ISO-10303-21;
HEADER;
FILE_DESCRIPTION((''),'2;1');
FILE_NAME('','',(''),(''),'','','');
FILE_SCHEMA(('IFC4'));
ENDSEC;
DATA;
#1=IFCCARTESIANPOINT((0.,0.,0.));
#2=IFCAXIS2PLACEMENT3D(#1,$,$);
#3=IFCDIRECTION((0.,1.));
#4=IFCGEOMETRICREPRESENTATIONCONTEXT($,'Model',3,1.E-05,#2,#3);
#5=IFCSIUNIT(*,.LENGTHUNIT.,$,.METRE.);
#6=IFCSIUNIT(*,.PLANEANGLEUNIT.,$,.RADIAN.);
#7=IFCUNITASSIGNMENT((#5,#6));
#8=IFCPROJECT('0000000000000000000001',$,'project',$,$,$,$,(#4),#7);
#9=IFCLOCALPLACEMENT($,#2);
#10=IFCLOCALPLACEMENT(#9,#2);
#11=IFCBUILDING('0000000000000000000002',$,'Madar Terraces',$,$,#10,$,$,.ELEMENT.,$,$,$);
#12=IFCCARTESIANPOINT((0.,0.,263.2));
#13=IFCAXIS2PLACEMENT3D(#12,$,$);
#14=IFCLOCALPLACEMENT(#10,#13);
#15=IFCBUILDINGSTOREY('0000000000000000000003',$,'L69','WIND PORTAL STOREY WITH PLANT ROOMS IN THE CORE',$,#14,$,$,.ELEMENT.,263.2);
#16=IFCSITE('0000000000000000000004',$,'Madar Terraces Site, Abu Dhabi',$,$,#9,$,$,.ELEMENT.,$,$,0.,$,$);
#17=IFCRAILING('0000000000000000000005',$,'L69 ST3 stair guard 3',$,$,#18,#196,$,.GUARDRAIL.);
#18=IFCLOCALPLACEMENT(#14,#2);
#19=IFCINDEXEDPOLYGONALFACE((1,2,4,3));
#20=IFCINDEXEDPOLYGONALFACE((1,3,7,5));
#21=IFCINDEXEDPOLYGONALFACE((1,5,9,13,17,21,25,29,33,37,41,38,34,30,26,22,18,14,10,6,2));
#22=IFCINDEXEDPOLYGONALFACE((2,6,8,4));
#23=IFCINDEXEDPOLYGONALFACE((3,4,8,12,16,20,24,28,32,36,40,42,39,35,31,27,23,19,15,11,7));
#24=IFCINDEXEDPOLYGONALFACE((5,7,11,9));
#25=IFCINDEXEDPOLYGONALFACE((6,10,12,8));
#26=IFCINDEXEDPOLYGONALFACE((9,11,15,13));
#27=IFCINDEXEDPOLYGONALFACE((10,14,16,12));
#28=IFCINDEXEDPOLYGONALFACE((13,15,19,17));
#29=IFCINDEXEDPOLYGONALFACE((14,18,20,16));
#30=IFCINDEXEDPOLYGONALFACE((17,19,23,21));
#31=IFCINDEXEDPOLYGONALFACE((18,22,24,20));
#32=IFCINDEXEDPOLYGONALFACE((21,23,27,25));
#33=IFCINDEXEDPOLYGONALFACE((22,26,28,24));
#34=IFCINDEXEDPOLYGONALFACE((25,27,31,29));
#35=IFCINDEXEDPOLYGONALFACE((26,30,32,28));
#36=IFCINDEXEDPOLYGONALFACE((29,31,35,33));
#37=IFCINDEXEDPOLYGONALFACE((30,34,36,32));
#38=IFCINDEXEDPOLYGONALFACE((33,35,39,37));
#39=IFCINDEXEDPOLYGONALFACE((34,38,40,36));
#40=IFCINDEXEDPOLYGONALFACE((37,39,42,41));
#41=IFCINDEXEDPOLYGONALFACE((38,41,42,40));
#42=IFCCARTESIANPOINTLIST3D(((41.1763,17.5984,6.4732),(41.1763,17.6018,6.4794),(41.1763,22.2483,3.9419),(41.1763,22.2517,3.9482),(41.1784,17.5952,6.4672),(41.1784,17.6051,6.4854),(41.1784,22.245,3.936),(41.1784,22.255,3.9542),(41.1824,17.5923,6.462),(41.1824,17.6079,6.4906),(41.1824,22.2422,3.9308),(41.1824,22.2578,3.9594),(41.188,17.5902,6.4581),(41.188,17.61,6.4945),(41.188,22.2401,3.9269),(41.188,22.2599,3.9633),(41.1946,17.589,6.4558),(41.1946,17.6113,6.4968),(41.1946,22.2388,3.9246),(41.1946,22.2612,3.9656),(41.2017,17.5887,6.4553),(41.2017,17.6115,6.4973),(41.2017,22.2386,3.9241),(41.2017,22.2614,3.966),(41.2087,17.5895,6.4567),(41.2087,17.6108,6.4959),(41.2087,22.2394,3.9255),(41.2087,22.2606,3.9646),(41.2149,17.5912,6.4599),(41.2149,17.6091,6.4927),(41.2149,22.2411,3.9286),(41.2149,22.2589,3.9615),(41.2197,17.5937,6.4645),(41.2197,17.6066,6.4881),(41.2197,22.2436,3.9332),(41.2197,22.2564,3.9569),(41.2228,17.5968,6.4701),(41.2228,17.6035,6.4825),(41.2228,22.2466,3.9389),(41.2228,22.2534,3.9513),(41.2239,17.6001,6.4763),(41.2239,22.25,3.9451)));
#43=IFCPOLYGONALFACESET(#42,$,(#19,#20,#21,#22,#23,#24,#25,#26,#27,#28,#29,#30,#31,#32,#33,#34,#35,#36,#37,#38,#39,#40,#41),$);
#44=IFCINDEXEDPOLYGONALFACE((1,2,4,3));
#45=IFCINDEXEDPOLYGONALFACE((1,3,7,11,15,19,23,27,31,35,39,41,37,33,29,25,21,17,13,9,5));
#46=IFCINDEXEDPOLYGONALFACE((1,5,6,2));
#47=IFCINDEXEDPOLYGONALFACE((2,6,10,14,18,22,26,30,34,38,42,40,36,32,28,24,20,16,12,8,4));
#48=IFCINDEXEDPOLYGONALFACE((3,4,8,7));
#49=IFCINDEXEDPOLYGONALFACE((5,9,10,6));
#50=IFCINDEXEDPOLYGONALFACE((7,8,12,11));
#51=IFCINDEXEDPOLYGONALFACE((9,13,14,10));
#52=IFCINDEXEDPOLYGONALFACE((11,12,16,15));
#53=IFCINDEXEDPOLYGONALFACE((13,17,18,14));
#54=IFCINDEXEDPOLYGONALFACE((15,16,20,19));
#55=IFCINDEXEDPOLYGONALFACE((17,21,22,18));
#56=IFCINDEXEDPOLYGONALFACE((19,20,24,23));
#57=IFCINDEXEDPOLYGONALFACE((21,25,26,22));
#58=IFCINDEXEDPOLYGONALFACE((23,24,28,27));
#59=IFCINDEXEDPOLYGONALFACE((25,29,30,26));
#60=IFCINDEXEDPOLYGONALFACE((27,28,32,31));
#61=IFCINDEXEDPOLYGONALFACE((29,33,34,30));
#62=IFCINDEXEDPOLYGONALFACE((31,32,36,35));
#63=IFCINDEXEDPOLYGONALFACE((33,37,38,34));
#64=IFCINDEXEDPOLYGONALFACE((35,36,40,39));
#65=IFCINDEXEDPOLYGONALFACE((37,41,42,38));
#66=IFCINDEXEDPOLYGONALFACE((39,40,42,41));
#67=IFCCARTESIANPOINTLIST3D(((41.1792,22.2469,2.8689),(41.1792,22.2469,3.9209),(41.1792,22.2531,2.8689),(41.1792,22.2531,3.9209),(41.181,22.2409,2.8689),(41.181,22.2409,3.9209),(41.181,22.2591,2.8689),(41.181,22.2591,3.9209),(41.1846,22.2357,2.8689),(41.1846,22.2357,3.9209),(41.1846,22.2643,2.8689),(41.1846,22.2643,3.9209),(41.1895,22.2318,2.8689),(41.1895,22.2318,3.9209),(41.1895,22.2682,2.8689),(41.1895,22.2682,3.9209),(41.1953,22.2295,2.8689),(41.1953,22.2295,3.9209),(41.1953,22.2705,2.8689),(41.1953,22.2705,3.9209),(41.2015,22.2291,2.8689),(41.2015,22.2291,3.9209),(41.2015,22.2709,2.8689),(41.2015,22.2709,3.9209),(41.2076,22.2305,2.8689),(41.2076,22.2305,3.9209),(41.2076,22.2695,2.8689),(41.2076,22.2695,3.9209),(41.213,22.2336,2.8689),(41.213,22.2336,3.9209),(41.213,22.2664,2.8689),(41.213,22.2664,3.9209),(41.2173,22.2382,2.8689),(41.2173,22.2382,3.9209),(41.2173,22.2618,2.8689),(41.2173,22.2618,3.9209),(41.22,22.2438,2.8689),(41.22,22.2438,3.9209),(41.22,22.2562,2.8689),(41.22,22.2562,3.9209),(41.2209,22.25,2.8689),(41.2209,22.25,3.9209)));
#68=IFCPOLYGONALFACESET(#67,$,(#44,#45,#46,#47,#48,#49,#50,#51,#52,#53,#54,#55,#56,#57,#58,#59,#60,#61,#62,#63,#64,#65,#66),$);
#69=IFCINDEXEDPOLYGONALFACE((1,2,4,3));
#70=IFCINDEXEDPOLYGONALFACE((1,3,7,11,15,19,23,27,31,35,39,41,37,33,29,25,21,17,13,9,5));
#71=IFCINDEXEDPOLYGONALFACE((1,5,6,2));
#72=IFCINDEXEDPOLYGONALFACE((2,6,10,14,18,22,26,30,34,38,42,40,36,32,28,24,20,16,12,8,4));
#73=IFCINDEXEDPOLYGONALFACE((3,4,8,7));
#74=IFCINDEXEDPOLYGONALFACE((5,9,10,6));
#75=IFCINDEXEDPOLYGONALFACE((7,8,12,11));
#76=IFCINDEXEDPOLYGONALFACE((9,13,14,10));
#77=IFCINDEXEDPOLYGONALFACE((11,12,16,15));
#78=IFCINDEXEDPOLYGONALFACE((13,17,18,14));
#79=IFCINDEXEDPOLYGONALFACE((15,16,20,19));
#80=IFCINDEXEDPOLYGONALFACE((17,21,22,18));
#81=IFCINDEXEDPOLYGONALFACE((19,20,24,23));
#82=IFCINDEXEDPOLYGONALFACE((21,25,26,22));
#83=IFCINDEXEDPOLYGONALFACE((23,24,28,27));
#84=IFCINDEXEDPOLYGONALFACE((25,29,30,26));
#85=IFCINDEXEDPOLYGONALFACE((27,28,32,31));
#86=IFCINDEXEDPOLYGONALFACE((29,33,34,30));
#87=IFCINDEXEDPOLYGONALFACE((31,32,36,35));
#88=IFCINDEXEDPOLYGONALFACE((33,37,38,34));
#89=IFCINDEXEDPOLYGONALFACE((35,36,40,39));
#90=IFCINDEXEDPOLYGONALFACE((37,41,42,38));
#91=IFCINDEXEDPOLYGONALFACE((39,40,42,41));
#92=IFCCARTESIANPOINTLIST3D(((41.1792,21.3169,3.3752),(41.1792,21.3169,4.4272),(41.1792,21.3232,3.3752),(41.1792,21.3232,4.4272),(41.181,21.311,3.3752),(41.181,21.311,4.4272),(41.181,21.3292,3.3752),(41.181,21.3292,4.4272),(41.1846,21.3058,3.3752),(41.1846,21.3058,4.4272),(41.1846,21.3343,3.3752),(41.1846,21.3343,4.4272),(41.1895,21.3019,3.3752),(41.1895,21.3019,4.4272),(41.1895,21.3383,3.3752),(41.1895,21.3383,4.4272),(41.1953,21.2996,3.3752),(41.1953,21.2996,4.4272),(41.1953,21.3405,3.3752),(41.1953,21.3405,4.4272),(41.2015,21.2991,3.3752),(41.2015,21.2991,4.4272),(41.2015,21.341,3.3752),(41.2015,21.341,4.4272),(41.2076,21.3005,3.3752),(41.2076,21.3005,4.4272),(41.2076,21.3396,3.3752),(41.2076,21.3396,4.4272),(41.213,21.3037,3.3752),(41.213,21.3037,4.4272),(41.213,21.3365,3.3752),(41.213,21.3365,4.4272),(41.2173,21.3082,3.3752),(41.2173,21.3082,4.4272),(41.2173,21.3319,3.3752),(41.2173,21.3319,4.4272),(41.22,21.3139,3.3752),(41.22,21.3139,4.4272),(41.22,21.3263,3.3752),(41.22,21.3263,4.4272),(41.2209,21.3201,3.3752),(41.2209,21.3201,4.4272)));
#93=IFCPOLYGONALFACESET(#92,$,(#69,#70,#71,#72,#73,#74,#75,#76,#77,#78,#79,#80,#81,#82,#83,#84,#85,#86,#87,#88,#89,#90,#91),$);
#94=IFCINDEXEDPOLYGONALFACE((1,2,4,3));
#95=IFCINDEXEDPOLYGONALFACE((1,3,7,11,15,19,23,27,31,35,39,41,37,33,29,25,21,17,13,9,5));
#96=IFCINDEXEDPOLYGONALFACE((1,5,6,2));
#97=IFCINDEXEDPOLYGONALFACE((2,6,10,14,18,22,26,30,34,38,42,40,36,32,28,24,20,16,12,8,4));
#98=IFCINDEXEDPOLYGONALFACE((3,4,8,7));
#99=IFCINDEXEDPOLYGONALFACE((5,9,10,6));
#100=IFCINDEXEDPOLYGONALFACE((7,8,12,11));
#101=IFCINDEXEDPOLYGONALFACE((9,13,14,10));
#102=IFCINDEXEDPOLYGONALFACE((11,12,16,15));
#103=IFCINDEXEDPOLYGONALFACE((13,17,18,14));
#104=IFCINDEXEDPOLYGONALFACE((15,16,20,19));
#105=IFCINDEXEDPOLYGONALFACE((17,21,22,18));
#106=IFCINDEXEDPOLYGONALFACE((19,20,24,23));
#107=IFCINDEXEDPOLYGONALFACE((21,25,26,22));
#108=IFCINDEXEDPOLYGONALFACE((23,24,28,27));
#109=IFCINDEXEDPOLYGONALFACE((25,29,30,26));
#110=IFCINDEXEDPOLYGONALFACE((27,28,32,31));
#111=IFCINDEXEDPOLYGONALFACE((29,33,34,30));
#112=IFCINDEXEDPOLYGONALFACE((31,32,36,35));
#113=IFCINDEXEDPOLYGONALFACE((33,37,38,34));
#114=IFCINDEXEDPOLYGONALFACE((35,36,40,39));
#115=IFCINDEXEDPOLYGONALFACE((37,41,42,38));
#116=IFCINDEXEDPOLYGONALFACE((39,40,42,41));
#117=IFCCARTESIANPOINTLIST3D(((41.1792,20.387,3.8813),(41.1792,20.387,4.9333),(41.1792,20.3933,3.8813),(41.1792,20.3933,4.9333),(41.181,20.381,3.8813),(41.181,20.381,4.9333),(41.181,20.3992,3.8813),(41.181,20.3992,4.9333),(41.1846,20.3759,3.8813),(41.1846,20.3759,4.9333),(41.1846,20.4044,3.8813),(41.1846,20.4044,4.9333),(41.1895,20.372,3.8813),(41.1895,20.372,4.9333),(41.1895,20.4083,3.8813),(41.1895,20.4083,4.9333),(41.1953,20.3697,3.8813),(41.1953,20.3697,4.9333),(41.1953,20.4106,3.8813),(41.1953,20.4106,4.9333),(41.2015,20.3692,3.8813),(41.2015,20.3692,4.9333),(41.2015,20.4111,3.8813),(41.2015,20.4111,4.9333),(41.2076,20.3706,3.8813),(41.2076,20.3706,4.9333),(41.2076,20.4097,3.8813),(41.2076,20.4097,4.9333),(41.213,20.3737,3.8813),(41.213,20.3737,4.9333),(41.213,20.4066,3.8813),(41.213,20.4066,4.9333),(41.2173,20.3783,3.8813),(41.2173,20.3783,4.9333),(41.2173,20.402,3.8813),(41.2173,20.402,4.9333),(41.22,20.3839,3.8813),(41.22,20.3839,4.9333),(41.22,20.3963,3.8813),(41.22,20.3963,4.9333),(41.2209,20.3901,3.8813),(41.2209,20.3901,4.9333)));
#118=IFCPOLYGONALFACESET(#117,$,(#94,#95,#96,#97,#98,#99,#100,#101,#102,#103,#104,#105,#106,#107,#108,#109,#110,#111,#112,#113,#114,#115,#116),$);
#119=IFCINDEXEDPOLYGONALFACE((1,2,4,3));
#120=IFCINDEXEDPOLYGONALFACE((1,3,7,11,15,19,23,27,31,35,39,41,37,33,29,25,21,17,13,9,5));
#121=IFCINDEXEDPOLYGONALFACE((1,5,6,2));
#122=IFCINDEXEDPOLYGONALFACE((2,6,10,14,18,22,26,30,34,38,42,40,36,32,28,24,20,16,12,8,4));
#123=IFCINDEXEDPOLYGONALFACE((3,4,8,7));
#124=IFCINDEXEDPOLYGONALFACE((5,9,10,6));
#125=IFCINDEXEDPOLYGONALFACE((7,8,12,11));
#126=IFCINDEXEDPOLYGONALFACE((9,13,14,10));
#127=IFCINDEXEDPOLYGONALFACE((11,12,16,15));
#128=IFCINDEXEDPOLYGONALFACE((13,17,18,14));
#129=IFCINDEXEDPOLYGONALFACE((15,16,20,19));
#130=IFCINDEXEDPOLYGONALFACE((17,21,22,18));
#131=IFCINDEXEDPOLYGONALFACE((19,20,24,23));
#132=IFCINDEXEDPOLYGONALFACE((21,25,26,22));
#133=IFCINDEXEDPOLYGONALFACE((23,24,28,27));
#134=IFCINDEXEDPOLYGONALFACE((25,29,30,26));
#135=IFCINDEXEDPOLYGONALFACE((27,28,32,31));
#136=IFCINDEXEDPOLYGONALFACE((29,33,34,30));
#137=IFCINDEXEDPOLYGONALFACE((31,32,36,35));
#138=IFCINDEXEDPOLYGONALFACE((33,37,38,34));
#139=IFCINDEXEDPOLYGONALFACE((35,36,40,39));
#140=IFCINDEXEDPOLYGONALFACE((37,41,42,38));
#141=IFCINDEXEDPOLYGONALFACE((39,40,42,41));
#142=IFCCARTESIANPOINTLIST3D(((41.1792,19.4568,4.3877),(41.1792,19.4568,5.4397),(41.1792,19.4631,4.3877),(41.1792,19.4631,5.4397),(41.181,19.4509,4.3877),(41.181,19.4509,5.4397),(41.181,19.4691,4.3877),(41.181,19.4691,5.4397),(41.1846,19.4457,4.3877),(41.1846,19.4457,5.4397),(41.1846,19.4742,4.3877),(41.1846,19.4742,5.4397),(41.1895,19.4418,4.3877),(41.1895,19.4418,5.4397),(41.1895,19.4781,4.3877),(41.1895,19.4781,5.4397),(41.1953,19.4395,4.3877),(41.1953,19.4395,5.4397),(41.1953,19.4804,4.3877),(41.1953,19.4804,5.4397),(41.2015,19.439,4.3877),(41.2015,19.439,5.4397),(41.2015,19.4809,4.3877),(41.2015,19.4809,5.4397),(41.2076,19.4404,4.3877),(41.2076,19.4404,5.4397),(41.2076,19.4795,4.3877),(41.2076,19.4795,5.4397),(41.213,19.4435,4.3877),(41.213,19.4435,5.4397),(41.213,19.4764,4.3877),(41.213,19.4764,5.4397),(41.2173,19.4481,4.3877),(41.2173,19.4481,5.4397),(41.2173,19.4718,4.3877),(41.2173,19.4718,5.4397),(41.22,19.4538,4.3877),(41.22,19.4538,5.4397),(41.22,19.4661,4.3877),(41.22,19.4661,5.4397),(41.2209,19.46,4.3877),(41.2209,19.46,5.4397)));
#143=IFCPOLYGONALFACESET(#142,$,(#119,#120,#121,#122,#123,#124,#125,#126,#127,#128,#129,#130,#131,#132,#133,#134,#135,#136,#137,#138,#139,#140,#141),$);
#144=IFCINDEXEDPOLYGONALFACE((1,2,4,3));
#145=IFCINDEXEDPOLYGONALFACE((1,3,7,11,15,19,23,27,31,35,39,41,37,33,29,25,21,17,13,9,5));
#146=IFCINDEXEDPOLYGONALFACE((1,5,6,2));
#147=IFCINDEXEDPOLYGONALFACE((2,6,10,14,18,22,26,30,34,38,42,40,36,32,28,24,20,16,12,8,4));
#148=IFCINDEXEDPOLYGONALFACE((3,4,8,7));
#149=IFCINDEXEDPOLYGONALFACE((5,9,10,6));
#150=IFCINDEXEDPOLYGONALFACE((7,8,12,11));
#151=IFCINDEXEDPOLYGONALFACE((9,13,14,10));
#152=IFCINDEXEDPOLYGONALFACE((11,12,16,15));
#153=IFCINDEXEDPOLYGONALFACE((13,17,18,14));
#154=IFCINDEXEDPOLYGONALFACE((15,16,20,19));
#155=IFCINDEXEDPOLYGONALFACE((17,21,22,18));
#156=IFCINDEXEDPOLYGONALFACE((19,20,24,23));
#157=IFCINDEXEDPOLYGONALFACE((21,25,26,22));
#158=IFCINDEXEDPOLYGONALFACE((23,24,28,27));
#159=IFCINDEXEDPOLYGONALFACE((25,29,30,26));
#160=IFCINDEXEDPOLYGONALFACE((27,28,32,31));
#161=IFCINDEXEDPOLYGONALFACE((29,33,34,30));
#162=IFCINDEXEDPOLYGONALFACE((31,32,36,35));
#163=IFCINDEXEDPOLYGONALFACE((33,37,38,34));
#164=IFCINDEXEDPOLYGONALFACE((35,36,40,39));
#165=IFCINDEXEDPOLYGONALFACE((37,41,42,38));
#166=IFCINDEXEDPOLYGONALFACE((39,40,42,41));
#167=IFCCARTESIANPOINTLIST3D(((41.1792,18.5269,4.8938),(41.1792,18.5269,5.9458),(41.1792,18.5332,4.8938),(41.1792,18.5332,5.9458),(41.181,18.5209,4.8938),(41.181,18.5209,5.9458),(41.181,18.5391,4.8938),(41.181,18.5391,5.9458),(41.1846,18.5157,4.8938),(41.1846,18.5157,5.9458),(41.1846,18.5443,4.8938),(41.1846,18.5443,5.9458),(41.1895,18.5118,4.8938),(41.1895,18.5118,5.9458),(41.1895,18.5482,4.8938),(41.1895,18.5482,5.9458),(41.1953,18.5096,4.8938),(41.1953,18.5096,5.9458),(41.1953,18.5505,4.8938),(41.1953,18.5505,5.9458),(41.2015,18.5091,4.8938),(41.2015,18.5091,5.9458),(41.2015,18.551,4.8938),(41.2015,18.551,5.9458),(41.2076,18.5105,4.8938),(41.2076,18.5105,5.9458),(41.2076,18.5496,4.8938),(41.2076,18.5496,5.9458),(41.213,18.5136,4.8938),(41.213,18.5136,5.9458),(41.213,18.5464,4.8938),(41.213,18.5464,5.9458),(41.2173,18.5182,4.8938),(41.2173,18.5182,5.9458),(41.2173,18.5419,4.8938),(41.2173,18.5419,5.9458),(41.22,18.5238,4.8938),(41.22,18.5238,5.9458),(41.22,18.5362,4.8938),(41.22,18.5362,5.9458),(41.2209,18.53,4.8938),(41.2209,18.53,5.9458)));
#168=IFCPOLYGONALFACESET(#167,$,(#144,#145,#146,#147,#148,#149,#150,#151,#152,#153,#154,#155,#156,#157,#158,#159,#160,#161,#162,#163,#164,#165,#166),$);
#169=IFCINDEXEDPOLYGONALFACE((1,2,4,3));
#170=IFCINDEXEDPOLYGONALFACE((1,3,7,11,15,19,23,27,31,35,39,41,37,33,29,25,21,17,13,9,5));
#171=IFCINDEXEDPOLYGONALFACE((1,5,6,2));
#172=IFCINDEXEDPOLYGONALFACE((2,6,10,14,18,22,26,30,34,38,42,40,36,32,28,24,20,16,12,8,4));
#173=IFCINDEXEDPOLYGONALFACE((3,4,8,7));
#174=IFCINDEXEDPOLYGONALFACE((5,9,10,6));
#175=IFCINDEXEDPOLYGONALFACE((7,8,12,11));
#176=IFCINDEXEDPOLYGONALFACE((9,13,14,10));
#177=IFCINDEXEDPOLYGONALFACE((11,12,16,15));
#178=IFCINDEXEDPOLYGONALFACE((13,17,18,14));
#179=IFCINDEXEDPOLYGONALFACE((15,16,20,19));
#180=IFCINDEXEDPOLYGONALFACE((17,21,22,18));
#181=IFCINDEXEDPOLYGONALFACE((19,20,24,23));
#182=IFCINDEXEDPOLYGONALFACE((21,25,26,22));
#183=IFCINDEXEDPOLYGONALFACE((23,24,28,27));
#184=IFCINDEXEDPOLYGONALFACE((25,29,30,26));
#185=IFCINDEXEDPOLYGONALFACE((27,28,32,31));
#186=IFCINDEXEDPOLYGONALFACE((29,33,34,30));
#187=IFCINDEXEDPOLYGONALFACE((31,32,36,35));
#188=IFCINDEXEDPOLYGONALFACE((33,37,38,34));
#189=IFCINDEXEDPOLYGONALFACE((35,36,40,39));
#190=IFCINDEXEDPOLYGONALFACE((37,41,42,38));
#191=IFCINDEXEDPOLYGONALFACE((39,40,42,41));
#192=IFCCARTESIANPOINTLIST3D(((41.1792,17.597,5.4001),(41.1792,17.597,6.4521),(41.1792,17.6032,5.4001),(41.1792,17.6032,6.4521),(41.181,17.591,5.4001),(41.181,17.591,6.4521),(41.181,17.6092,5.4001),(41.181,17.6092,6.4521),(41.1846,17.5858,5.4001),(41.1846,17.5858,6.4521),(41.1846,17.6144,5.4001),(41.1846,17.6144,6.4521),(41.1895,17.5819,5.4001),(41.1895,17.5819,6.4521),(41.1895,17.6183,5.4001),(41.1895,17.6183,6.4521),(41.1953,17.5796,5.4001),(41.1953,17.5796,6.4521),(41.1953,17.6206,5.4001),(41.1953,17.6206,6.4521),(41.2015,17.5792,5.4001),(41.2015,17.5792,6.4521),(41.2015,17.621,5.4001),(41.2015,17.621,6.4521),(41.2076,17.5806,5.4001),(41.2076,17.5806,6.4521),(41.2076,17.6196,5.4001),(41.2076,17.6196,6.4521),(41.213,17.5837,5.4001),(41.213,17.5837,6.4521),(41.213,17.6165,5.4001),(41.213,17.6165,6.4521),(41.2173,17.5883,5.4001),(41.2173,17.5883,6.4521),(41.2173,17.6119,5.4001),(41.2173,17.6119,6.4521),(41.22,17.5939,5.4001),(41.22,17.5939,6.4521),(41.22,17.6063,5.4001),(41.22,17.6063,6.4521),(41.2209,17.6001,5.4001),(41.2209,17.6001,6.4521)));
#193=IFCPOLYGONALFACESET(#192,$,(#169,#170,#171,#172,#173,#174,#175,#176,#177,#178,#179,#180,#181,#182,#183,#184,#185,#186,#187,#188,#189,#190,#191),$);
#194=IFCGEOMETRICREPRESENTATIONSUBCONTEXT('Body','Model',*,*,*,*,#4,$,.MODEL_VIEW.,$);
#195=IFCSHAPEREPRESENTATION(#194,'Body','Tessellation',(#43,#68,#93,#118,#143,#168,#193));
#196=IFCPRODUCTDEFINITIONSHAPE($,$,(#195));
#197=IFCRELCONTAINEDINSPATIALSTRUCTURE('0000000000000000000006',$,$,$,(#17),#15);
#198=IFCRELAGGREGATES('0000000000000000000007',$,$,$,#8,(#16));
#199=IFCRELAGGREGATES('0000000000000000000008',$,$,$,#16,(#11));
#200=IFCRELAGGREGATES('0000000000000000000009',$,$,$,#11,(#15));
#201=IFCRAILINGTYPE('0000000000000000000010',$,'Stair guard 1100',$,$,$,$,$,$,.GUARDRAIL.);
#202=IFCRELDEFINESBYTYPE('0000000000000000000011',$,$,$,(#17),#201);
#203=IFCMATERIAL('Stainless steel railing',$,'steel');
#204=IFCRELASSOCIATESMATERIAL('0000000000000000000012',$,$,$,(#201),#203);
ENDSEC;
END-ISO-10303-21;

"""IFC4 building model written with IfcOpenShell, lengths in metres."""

from ifc_helpers import new_model, si_unit, direction, frame, origin, origin_2d, place, context, subcontext, project, spatial, circle, extrude, material, type_object, element, save


model = new_model("IFC4")

# Units and contexts
model_context = context("Model", 3, precision=1e-05, world=origin(), true_north=direction((0.0, 1.0)))
body_context = subcontext(model_context, "Body", "Model", "MODEL_VIEW")
ifc_project = project(units=[si_unit("LENGTHUNIT", "METRE"), si_unit("PLANEANGLEUNIT", "RADIAN")], contexts=[model_context])

# Site, building, storey
site_placement = place(None, origin())
site = spatial("IfcSite", under=ifc_project, at=site_placement, Name="Madar Terraces Site, Abu Dhabi", CompositionType="ELEMENT", RefElevation=0.0)
building_placement = place(site_placement, origin())
building = spatial("IfcBuilding", under=site, at=building_placement, Name="Madar Terraces", CompositionType="ELEMENT")
storey_placement = place(building_placement, frame((0.0, 0.0, 263.2)))
storey = spatial("IfcBuildingStorey", under=building, at=storey_placement, Name="L69", Description="WIND PORTAL STOREY WITH PLANT ROOMS IN THE CORE", CompositionType="ELEMENT", Elevation=263.2)

# Railing
ifc_material_1 = material(Name="Stainless steel railing", Category="steel")
railing_type_1 = type_object("IfcRailingType", Name="Stair guard 1100", PredefinedType="GUARDRAIL", material=ifc_material_1)
railing_1_placement = place(storey_placement, frame((41.2, 22.25, 2.8689)))
element("IfcRailing", 1, at=railing_1_placement, inside=storey, type_object=railing_type_1, Name="L69 ST3 stair guard 3", PredefinedType="GUARDRAIL", context=body_context, shape_type="SweptSolid", body=[
    extrude(circle(Radius=0.0239, at=origin_2d()), frame((0.0, 0.0, 1.0762), z_axis=(0.0, -0.878297, 0.478115), x_axis=(1.0, 0.0, 0.0)), (0.0, 0.0, 1.0), 5.2942),
    extrude(circle(Radius=0.021, at=origin_2d()), origin(), (0.0, 0.0, 1.0), 1.052),
    extrude(circle(Radius=0.021, at=origin_2d()), frame((0.0, -0.9299, 0.5063)), (0.0, 0.0, 1.0), 1.052),
    extrude(circle(Radius=0.021, at=origin_2d()), frame((0.0, -1.8599, 1.0125)), (0.0, 0.0, 1.0), 1.052),
    extrude(circle(Radius=0.021, at=origin_2d()), frame((0.0, -2.79, 1.5188)), (0.0, 0.0, 1.0), 1.052),
    extrude(circle(Radius=0.021, at=origin_2d()), frame((0.0, -3.72, 2.0249)), (0.0, 0.0, 1.0), 1.052),
    extrude(circle(Radius=0.021, at=origin_2d()), frame((0.0, -4.6499, 2.5312)), (0.0, 0.0, 1.0), 1.052),
])

save(model, "model.ifc")
